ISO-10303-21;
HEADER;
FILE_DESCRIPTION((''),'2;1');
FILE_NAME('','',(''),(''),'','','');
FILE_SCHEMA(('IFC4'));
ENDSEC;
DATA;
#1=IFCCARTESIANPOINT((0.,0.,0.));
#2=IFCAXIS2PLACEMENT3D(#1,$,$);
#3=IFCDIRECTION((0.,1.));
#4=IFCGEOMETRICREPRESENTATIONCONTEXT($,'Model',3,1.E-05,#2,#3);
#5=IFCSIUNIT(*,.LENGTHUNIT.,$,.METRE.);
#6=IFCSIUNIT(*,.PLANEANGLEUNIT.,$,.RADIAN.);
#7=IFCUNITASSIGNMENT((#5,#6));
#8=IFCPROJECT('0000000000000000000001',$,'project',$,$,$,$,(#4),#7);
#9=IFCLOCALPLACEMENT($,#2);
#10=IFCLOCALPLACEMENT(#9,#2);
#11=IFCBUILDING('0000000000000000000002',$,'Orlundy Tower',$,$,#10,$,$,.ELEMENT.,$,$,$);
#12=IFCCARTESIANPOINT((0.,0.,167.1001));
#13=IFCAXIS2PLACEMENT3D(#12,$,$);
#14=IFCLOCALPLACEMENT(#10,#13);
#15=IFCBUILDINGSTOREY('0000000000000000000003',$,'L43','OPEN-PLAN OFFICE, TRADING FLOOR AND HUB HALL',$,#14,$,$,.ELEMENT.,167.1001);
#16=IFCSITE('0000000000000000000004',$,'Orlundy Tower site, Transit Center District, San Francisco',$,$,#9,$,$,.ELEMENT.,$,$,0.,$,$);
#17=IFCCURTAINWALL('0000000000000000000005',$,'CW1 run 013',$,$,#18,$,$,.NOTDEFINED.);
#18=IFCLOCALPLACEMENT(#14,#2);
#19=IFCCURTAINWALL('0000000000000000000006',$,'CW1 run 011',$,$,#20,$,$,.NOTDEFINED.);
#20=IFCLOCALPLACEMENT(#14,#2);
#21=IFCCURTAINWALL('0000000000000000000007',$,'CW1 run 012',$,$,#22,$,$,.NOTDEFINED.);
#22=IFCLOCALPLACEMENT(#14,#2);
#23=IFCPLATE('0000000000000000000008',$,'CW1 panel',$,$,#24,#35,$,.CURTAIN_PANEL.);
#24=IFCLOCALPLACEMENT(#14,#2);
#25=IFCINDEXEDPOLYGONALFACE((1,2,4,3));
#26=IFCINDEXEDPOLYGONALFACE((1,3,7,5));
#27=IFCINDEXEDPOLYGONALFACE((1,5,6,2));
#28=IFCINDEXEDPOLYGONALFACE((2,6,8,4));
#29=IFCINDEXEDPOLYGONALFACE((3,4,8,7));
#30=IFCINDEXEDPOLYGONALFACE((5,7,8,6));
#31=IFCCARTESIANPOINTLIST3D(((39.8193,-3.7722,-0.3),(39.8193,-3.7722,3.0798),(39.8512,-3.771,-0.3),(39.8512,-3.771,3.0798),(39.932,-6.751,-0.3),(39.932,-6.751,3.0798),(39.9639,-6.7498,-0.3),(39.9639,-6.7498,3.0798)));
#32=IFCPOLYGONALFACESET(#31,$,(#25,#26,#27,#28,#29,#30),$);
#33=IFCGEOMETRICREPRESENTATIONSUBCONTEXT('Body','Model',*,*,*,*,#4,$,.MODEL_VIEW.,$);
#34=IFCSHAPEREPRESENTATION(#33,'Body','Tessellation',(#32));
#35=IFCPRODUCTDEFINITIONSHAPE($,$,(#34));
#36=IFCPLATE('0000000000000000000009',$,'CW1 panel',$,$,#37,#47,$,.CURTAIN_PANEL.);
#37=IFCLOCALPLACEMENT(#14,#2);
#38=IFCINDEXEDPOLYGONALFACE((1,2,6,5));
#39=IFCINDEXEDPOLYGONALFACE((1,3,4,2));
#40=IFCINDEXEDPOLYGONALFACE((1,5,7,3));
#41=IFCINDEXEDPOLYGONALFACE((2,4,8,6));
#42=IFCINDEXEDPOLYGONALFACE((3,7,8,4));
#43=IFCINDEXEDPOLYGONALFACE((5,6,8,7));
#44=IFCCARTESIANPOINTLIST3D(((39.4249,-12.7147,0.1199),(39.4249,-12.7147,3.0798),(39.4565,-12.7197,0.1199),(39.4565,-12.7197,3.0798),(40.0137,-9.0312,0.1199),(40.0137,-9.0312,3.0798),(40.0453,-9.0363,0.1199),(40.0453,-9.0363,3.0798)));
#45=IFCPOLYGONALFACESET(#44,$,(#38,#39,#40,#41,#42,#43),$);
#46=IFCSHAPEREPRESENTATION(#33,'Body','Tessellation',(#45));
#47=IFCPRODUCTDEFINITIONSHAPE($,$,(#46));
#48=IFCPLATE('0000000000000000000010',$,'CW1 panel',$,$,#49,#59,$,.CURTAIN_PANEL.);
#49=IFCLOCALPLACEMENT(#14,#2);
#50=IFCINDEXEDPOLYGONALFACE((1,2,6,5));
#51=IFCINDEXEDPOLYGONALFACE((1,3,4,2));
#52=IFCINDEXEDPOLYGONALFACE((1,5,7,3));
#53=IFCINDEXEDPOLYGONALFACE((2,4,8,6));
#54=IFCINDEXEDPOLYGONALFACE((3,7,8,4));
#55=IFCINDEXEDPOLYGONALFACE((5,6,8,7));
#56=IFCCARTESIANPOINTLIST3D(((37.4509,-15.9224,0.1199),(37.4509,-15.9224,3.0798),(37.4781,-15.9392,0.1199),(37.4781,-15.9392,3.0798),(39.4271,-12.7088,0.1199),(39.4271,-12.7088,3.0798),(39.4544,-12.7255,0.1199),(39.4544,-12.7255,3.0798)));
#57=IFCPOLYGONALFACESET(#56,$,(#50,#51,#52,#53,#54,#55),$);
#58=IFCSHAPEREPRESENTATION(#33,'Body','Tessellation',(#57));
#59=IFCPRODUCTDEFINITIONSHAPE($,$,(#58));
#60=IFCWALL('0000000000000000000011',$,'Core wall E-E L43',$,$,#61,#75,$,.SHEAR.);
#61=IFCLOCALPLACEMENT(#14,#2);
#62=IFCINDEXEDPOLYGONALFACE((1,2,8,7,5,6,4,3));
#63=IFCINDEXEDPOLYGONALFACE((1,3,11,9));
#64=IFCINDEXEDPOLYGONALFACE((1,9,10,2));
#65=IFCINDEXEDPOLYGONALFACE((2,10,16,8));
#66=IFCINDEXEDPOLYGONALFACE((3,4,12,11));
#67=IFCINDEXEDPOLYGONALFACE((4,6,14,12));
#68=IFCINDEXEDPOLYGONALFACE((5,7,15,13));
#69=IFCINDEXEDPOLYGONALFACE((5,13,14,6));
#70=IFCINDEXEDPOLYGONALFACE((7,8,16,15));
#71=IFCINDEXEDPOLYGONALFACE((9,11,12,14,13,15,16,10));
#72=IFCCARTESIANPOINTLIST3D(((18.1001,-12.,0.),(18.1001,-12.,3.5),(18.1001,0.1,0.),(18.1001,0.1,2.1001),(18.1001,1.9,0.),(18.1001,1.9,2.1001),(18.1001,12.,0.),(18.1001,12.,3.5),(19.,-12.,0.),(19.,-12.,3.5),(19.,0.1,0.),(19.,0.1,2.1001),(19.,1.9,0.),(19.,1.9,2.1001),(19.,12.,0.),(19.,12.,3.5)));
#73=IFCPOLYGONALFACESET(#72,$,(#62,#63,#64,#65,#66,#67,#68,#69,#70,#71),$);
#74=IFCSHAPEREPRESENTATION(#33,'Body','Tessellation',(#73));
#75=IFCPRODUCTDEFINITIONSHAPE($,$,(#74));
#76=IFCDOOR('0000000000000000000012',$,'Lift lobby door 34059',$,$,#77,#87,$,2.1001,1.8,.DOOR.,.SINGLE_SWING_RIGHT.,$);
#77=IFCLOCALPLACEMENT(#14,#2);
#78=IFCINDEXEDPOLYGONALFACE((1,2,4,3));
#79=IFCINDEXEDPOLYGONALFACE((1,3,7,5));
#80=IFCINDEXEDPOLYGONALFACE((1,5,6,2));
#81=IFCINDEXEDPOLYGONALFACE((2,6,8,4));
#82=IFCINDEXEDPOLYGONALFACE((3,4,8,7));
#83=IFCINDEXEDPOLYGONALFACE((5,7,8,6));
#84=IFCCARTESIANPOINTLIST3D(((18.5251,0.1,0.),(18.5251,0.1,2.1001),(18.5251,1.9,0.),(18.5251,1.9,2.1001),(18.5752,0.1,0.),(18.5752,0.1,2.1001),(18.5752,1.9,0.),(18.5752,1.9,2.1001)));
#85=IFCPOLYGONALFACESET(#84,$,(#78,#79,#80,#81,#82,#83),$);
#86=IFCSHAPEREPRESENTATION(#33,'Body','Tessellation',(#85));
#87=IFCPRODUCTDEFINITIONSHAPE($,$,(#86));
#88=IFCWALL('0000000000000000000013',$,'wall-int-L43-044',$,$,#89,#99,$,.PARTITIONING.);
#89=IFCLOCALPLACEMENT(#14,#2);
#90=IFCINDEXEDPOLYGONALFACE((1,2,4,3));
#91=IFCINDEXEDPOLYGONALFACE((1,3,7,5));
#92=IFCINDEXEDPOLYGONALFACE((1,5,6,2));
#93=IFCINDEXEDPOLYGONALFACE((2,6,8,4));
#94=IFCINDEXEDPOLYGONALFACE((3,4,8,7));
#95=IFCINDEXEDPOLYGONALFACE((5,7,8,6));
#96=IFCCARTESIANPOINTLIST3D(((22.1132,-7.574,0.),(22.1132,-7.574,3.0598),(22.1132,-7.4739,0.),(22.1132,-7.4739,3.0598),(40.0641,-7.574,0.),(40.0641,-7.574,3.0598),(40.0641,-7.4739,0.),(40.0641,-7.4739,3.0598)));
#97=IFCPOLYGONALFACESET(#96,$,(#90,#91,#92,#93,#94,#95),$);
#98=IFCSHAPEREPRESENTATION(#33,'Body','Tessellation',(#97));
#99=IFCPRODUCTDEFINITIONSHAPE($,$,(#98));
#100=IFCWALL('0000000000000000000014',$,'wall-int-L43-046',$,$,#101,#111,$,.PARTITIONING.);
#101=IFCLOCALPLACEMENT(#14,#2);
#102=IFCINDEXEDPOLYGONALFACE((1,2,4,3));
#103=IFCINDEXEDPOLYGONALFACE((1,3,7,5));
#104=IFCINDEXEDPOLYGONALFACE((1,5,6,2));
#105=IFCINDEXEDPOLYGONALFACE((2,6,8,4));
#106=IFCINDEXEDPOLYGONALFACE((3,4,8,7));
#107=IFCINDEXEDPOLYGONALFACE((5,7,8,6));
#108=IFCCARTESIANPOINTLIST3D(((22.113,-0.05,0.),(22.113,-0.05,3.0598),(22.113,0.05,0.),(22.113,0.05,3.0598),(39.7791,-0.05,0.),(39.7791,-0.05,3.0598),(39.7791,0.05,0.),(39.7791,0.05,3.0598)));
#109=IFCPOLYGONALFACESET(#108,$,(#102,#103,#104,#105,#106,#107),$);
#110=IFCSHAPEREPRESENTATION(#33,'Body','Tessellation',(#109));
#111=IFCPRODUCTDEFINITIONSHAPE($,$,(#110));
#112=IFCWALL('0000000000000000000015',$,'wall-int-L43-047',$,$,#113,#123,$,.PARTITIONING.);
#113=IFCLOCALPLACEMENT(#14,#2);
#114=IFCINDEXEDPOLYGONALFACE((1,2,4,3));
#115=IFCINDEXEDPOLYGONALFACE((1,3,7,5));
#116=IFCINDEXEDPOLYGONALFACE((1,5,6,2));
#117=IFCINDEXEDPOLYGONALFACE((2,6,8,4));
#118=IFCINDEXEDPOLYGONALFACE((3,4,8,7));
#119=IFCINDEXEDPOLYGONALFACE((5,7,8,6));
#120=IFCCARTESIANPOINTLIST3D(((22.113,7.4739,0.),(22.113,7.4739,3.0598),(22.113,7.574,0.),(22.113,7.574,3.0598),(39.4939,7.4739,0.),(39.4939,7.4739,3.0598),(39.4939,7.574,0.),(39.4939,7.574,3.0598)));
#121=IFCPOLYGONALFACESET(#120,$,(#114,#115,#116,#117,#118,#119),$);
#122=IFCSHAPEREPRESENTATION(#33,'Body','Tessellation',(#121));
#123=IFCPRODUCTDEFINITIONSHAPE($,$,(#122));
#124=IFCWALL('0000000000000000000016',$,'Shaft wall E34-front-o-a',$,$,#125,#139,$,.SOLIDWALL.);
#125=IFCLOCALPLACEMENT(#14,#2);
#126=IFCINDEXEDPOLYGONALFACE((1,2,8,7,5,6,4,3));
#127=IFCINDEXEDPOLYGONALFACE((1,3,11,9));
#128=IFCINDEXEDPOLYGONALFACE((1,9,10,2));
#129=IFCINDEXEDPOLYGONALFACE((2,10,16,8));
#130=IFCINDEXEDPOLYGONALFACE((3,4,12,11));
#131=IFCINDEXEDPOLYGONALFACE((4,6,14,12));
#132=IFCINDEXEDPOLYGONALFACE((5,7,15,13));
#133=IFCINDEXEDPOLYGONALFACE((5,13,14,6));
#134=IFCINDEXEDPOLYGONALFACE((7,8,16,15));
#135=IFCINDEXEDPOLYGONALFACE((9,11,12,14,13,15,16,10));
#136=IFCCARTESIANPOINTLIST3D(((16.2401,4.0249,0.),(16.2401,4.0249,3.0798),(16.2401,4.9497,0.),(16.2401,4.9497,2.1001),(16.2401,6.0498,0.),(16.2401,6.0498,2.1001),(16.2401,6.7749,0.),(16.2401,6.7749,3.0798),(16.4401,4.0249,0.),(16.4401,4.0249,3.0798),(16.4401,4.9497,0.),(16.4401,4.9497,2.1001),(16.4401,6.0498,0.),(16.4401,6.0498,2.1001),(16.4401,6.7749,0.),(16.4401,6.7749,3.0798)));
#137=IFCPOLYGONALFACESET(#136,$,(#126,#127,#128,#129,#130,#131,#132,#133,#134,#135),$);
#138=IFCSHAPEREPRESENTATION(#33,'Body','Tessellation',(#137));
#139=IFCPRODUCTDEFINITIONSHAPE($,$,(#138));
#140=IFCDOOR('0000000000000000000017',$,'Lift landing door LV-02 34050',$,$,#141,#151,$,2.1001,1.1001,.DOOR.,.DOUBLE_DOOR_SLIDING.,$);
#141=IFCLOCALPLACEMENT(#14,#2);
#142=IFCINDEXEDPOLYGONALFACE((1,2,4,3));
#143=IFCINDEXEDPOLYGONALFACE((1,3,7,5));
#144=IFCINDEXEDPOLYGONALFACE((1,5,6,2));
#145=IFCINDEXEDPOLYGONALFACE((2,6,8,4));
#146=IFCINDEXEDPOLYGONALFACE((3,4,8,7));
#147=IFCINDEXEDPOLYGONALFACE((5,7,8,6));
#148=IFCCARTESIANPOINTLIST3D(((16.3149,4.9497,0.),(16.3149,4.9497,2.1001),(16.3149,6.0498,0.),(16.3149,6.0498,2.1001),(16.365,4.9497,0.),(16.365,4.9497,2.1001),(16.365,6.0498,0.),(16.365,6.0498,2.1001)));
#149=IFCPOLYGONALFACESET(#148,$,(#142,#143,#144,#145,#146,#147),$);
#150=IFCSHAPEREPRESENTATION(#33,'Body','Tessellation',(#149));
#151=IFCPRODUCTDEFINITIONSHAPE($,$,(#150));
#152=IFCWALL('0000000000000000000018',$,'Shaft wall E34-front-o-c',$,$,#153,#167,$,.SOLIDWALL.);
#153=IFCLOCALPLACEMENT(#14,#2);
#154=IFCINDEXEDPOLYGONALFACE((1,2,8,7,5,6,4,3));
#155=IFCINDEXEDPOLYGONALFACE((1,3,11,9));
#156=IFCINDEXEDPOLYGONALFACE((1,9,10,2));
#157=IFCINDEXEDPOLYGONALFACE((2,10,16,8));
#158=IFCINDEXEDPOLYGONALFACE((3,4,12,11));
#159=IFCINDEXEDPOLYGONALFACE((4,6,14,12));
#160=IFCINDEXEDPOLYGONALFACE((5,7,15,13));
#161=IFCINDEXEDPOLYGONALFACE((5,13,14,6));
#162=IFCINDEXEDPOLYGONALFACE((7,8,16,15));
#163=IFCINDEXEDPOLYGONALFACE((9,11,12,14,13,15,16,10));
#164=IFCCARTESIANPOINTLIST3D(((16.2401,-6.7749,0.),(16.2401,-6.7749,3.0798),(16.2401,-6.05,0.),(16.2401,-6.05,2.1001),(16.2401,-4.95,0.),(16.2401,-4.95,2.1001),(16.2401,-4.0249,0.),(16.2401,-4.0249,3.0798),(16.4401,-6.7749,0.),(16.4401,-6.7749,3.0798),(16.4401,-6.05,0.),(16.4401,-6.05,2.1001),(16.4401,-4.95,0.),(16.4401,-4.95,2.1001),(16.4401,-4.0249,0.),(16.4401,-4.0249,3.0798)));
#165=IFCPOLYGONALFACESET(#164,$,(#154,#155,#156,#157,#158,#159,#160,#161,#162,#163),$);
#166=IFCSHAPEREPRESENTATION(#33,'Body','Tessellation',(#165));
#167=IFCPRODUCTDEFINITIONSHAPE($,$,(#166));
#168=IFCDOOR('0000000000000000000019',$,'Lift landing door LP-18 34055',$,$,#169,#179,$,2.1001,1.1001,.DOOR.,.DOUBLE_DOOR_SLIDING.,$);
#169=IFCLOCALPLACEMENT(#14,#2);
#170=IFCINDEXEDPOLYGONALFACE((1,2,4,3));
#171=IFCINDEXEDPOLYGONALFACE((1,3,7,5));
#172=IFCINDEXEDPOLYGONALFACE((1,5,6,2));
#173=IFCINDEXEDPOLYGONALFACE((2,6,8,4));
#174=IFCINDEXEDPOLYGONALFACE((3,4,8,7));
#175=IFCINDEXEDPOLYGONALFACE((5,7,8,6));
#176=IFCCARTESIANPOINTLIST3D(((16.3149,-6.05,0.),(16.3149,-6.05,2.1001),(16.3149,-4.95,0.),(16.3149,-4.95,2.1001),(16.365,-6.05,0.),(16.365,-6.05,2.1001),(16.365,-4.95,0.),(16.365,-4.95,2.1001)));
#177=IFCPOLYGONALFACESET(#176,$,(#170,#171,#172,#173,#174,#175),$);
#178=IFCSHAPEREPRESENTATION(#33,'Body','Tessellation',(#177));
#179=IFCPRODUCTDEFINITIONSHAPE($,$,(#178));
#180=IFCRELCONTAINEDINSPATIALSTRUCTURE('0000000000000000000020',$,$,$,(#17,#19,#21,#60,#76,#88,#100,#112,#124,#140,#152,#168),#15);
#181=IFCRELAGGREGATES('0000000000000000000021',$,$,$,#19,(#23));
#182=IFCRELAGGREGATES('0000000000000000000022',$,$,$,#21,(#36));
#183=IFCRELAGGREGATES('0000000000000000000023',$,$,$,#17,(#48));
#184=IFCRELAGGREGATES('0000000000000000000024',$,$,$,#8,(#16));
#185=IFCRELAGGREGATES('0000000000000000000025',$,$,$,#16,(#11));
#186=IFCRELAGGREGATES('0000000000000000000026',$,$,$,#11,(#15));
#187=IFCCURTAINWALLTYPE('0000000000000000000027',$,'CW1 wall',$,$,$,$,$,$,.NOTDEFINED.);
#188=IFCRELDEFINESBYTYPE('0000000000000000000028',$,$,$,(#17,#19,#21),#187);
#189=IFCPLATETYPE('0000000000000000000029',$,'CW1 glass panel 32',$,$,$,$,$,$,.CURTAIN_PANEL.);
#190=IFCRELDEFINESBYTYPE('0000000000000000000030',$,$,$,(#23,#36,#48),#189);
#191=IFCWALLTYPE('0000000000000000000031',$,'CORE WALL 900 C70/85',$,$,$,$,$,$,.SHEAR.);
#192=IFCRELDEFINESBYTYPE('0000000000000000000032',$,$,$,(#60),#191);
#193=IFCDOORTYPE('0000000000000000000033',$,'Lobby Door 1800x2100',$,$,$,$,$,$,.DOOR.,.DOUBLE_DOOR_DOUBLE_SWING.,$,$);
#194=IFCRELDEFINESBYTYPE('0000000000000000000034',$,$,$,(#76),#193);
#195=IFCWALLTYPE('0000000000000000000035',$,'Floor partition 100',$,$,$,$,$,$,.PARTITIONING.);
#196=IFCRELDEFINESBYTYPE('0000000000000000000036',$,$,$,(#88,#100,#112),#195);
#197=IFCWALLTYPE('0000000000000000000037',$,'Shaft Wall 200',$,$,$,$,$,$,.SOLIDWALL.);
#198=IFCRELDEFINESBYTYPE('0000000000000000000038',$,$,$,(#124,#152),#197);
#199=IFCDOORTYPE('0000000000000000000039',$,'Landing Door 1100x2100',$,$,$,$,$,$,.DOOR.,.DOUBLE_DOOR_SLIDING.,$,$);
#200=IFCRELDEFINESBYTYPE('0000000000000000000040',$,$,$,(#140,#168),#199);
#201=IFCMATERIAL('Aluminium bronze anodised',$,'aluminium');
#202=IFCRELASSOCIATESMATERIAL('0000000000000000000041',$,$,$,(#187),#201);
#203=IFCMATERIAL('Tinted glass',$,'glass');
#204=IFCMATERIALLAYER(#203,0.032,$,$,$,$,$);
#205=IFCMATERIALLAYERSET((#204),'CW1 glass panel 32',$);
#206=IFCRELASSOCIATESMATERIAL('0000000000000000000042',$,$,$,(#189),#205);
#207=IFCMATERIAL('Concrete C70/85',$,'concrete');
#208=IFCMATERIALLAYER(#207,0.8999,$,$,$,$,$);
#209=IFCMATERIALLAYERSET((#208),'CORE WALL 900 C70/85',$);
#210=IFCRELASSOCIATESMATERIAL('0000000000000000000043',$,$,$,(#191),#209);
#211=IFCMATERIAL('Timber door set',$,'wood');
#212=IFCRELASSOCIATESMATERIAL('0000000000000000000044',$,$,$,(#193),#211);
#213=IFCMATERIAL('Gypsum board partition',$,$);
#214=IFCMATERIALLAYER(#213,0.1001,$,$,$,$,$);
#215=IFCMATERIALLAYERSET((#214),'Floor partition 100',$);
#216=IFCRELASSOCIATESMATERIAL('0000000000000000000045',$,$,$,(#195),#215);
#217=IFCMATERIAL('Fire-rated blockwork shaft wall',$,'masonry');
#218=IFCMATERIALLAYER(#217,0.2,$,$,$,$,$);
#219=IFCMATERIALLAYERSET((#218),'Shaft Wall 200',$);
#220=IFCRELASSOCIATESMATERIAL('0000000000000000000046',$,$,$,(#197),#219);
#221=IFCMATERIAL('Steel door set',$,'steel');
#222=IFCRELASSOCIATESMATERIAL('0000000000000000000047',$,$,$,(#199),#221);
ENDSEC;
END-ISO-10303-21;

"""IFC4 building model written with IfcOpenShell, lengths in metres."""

from ifc_helpers import new_model, si_unit, direction, frame, frame_2d, origin, origin_2d, place, context, subcontext, project, spatial, rectangle, extrude, material, layer, layer_set, type_object, element, fill, aggregate, save


model = new_model("IFC4")

# Units and contexts
model_context = context("Model", 3, precision=1e-05, world=origin(), true_north=direction((0.0, 1.0)))
body_context = subcontext(model_context, "Body", "Model", "MODEL_VIEW")
ifc_project = project(units=[si_unit("LENGTHUNIT", "METRE"), si_unit("PLANEANGLEUNIT", "RADIAN")], contexts=[model_context])

# Site, building, storey
site_placement = place(None, origin())
site = spatial("IfcSite", under=ifc_project, at=site_placement, Name="Orlundy Tower site, Transit Center District, San Francisco", CompositionType="ELEMENT", RefElevation=0.0)
building_placement = place(site_placement, origin())
building = spatial("IfcBuilding", under=site, at=building_placement, Name="Orlundy Tower", CompositionType="ELEMENT")
storey_placement = place(building_placement, frame((0.0, 0.0, 167.1001)))
storey = spatial("IfcBuildingStorey", under=building, at=storey_placement, Name="L43", Description="OPEN-PLAN OFFICE, TRADING FLOOR AND HUB HALL", CompositionType="ELEMENT", Elevation=167.1001)

# Curtain wall
ifc_material_1 = material(Name="Aluminium bronze anodised", Category="aluminium")
curtain_wall_type = type_object("IfcCurtainWallType", Name="CW1 wall", PredefinedType="NOTDEFINED", material=ifc_material_1)
curtain_wall_1_placement = place(storey_placement, origin())
curtain_wall_1 = element("IfcCurtainWall", 1, at=curtain_wall_1_placement, inside=storey, type_object=curtain_wall_type, Name="CW1 run 013", PredefinedType="NOTDEFINED")

# Curtain wall
curtain_wall_2_placement = place(storey_placement, origin())
curtain_wall_2 = element("IfcCurtainWall", 2, at=curtain_wall_2_placement, inside=storey, type_object=curtain_wall_type, Name="CW1 run 011", PredefinedType="NOTDEFINED")

# Curtain wall
curtain_wall_3_placement = place(storey_placement, origin())
curtain_wall_3 = element("IfcCurtainWall", 3, at=curtain_wall_3_placement, inside=storey, type_object=curtain_wall_type, Name="CW1 run 012", PredefinedType="NOTDEFINED")

# Plates
ifc_material_2 = material(Name="Tinted glass", Category="glass")
ifc_layer_1 = layer(ifc_material_2, 0.032)
ifc_layer_set_1 = layer_set([ifc_layer_1], Name="CW1 glass panel 32")
plate_type = type_object("IfcPlateType", Name="CW1 glass panel 32", PredefinedType="CURTAIN_PANEL", material=ifc_layer_set_1)
plate_1_placement = place(storey_placement, frame((39.8916, -5.261, -0.3), z_axis=(0.0, 0.0, 1.0), x_axis=(0.037809, -0.999285, 0.0)))
plate_1 = element("IfcPlate", 4, at=plate_1_placement, type_object=plate_type, Name="CW1 panel", PredefinedType="CURTAIN_PANEL", context=body_context, shape_type="SweptSolid", body=[
    extrude(rectangle(XDim=2.981, YDim=0.032, at=origin_2d()), origin(), (0.0, 0.0, 1.0), 3.3799),
])
aggregate(curtain_wall_2, [plate_1])
plate_2_placement = place(storey_placement, frame((39.7351, -10.8755, 0.1199), z_axis=(0.0, 0.0, 1.0), x_axis=(-0.157833, -0.987466, 0.0)))
plate_2 = element("IfcPlate", 5, at=plate_2_placement, type_object=plate_type, Name="CW1 panel", PredefinedType="CURTAIN_PANEL", context=body_context, shape_type="SweptSolid", body=[
    extrude(rectangle(XDim=3.7302, YDim=0.032, at=origin_2d()), origin(), (0.0, 0.0, 1.0), 2.96),
])
aggregate(curtain_wall_3, [plate_2])
plate_3_placement = place(storey_placement, frame((38.4526, -14.324, 0.1199), z_axis=(0.0, 0.0, 1.0), x_axis=(-0.523827, -0.851825, 0.0)))
plate_3 = element("IfcPlate", 6, at=plate_3_placement, type_object=plate_type, Name="CW1 panel", PredefinedType="CURTAIN_PANEL", context=body_context, shape_type="SweptSolid", body=[
    extrude(rectangle(XDim=3.7727, YDim=0.032, at=origin_2d()), origin(), (0.0, 0.0, 1.0), 2.96),
])
aggregate(curtain_wall_1, [plate_3])

# Wall, opening, door
ifc_material_3 = material(Name="Concrete C70/85", Category="concrete")
ifc_layer_2 = layer(ifc_material_3, 0.8999)
ifc_layer_set_2 = layer_set([ifc_layer_2], Name="CORE WALL 900 C70/85")
wall_type_1 = type_object("IfcWallType", Name="CORE WALL 900 C70/85", PredefinedType="SHEAR", material=ifc_layer_set_2)
wall_1_placement = place(storey_placement, frame((18.55, -12.0, 0.0), z_axis=(0.0, 0.0, 1.0), x_axis=(0.0, 1.0, 0.0)))
wall_1 = element("IfcWall", 7, at=wall_1_placement, inside=storey, type_object=wall_type_1, Name="Core wall E-E L43", PredefinedType="SHEAR", context=body_context, shape_type="SweptSolid", body=[
    extrude(rectangle(XDim=24.0, YDim=0.8999, at=frame_2d((12.0, 0.0))), origin(), (0.0, 0.0, 1.0), 3.5),
])
opening_1_placement = place(wall_1_placement, frame((12.1001, 0.0, 0.0)))
opening_1 = element("IfcOpeningElement", 8, at=opening_1_placement, cuts=wall_1, PredefinedType="OPENING", context=body_context, shape_type="SweptSolid", body=[
    extrude(rectangle(XDim=1.8, YDim=2.1001, at=frame_2d((0.8999, 1.05))), frame((0.0, 0.46, 0.0), z_axis=(0.0, -1.0, 0.0), x_axis=(1.0, 0.0, 0.0)), (0.0, 0.0, 1.0), 0.9199),
])
ifc_material_4 = material(Name="Timber door set", Category="wood")
door_type_1 = type_object("IfcDoorType", Name="Lobby Door 1800x2100", OperationType="DOUBLE_DOOR_DOUBLE_SWING", PredefinedType="DOOR", material=ifc_material_4)
door_1_placement = place(opening_1_placement, origin())
door_1 = element("IfcDoor", 9, at=door_1_placement, inside=storey, type_object=door_type_1, Name="Lift lobby door 34059", OperationType="SINGLE_SWING_RIGHT", OverallHeight=2.1001, OverallWidth=1.8, PredefinedType="DOOR", context=body_context, shape_type="SweptSolid", body=[
    extrude(rectangle(XDim=1.8, YDim=2.1001, at=frame_2d((0.8999, 1.05))), frame((0.0, 0.0249, 0.0), z_axis=(0.0, -1.0, 0.0), x_axis=(1.0, 0.0, 0.0)), (0.0, 0.0, 1.0), 0.05),
])
fill(opening_1, door_1)

# Walls
ifc_material_5 = material(Name="Gypsum board partition")
ifc_layer_3 = layer(ifc_material_5, 0.1001)
ifc_layer_set_3 = layer_set([ifc_layer_3], Name="Floor partition 100")
wall_type_2 = type_object("IfcWallType", Name="Floor partition 100", PredefinedType="PARTITIONING", material=ifc_layer_set_3)
wall_2_placement = place(storey_placement, frame((22.113, -7.5239, 0.0), z_axis=(0.0, 0.0, 1.0), x_axis=(1.0, 0.0, 0.0)))
element("IfcWall", 10, at=wall_2_placement, inside=storey, type_object=wall_type_2, Name="wall-int-L43-044", PredefinedType="PARTITIONING", context=body_context, shape_type="SweptSolid", body=[
    extrude(rectangle(XDim=17.9509, YDim=0.1001, at=frame_2d((8.9756, 0.0))), origin(), (0.0, 0.0, 1.0), 3.0598),
])
wall_3_placement = place(storey_placement, frame((22.113, 0.0, 0.0), z_axis=(0.0, 0.0, 1.0), x_axis=(1.0, 0.0, 0.0)))
element("IfcWall", 11, at=wall_3_placement, inside=storey, type_object=wall_type_2, Name="wall-int-L43-046", PredefinedType="PARTITIONING", context=body_context, shape_type="SweptSolid", body=[
    extrude(rectangle(XDim=17.666, YDim=0.1001, at=frame_2d((8.833, 0.0))), origin(), (0.0, 0.0, 1.0), 3.0598),
])
wall_4_placement = place(storey_placement, frame((22.113, 7.5239, 0.0), z_axis=(0.0, 0.0, 1.0), x_axis=(1.0, 0.0, 0.0)))
element("IfcWall", 12, at=wall_4_placement, inside=storey, type_object=wall_type_2, Name="wall-int-L43-047", PredefinedType="PARTITIONING", context=body_context, shape_type="SweptSolid", body=[
    extrude(rectangle(XDim=17.3809, YDim=0.1001, at=frame_2d((8.6904, 0.0))), origin(), (0.0, 0.0, 1.0), 3.0598),
])

# Walls, openings, doors
ifc_material_6 = material(Name="Fire-rated blockwork shaft wall", Category="masonry")
ifc_layer_4 = layer(ifc_material_6, 0.2)
ifc_layer_set_4 = layer_set([ifc_layer_4], Name="Shaft Wall 200")
wall_type_3 = type_object("IfcWallType", Name="Shaft Wall 200", PredefinedType="SOLIDWALL", material=ifc_layer_set_4)
wall_5_placement = place(storey_placement, frame((16.3401, 6.7749, 0.0), z_axis=(0.0, 0.0, 1.0), x_axis=(0.0, -1.0, 0.0)))
wall_5 = element("IfcWall", 13, at=wall_5_placement, inside=storey, type_object=wall_type_3, Name="Shaft wall E34-front-o-a", PredefinedType="SOLIDWALL", context=body_context, shape_type="SweptSolid", body=[
    extrude(rectangle(XDim=2.75, YDim=0.2, at=frame_2d((1.375, 0.0))), origin(), (0.0, 0.0, 1.0), 3.0798),
])
opening_2_placement = place(wall_5_placement, frame((0.7251, 0.0, 0.0)))
opening_2 = element("IfcOpeningElement", 14, at=opening_2_placement, cuts=wall_5, PredefinedType="OPENING", context=body_context, shape_type="SweptSolid", body=[
    extrude(rectangle(XDim=1.1001, YDim=2.1001, at=frame_2d((0.55, 1.05))), frame((0.0, 0.1101, 0.0), z_axis=(0.0, -1.0, 0.0), x_axis=(1.0, 0.0, 0.0)), (0.0, 0.0, 1.0), 0.2202),
])
ifc_material_7 = material(Name="Steel door set", Category="steel")
door_type_2 = type_object("IfcDoorType", Name="Landing Door 1100x2100", OperationType="DOUBLE_DOOR_SLIDING", PredefinedType="DOOR", material=ifc_material_7)
door_2_placement = place(opening_2_placement, origin())
door_2 = element("IfcDoor", 15, at=door_2_placement, inside=storey, type_object=door_type_2, Name="Lift landing door LV-02 34050", OperationType="DOUBLE_DOOR_SLIDING", OverallHeight=2.1001, OverallWidth=1.1001, PredefinedType="DOOR", context=body_context, shape_type="SweptSolid", body=[
    extrude(rectangle(XDim=1.1001, YDim=2.1001, at=frame_2d((0.55, 1.05))), frame((0.0, 0.0249, 0.0), z_axis=(0.0, -1.0, 0.0), x_axis=(1.0, 0.0, 0.0)), (0.0, 0.0, 1.0), 0.05),
])
fill(opening_2, door_2)
wall_6_placement = place(storey_placement, frame((16.3401, -4.0249, 0.0), z_axis=(0.0, 0.0, 1.0), x_axis=(0.0, -1.0, 0.0)))
wall_6 = element("IfcWall", 16, at=wall_6_placement, inside=storey, type_object=wall_type_3, Name="Shaft wall E34-front-o-c", PredefinedType="SOLIDWALL", context=body_context, shape_type="SweptSolid", body=[
    extrude(rectangle(XDim=2.75, YDim=0.2, at=frame_2d((1.375, 0.0))), origin(), (0.0, 0.0, 1.0), 3.0798),
])
opening_3_placement = place(wall_6_placement, frame((0.925, 0.0, 0.0)))
opening_3 = element("IfcOpeningElement", 17, at=opening_3_placement, cuts=wall_6, PredefinedType="OPENING", context=body_context, shape_type="SweptSolid", body=[
    extrude(rectangle(XDim=1.1001, YDim=2.1001, at=frame_2d((0.55, 1.05))), frame((0.0, 0.1101, 0.0), z_axis=(0.0, -1.0, 0.0), x_axis=(1.0, 0.0, 0.0)), (0.0, 0.0, 1.0), 0.2202),
])
door_3_placement = place(opening_3_placement, origin())
door_3 = element("IfcDoor", 18, at=door_3_placement, inside=storey, type_object=door_type_2, Name="Lift landing door LP-18 34055", OperationType="DOUBLE_DOOR_SLIDING", OverallHeight=2.1001, OverallWidth=1.1001, PredefinedType="DOOR", context=body_context, shape_type="SweptSolid", body=[
    extrude(rectangle(XDim=1.1001, YDim=2.1001, at=frame_2d((0.55, 1.05))), frame((0.0, 0.0249, 0.0), z_axis=(0.0, -1.0, 0.0), x_axis=(1.0, 0.0, 0.0)), (0.0, 0.0, 1.0), 0.05),
])
fill(opening_3, door_3)

save(model, "model.ifc")
